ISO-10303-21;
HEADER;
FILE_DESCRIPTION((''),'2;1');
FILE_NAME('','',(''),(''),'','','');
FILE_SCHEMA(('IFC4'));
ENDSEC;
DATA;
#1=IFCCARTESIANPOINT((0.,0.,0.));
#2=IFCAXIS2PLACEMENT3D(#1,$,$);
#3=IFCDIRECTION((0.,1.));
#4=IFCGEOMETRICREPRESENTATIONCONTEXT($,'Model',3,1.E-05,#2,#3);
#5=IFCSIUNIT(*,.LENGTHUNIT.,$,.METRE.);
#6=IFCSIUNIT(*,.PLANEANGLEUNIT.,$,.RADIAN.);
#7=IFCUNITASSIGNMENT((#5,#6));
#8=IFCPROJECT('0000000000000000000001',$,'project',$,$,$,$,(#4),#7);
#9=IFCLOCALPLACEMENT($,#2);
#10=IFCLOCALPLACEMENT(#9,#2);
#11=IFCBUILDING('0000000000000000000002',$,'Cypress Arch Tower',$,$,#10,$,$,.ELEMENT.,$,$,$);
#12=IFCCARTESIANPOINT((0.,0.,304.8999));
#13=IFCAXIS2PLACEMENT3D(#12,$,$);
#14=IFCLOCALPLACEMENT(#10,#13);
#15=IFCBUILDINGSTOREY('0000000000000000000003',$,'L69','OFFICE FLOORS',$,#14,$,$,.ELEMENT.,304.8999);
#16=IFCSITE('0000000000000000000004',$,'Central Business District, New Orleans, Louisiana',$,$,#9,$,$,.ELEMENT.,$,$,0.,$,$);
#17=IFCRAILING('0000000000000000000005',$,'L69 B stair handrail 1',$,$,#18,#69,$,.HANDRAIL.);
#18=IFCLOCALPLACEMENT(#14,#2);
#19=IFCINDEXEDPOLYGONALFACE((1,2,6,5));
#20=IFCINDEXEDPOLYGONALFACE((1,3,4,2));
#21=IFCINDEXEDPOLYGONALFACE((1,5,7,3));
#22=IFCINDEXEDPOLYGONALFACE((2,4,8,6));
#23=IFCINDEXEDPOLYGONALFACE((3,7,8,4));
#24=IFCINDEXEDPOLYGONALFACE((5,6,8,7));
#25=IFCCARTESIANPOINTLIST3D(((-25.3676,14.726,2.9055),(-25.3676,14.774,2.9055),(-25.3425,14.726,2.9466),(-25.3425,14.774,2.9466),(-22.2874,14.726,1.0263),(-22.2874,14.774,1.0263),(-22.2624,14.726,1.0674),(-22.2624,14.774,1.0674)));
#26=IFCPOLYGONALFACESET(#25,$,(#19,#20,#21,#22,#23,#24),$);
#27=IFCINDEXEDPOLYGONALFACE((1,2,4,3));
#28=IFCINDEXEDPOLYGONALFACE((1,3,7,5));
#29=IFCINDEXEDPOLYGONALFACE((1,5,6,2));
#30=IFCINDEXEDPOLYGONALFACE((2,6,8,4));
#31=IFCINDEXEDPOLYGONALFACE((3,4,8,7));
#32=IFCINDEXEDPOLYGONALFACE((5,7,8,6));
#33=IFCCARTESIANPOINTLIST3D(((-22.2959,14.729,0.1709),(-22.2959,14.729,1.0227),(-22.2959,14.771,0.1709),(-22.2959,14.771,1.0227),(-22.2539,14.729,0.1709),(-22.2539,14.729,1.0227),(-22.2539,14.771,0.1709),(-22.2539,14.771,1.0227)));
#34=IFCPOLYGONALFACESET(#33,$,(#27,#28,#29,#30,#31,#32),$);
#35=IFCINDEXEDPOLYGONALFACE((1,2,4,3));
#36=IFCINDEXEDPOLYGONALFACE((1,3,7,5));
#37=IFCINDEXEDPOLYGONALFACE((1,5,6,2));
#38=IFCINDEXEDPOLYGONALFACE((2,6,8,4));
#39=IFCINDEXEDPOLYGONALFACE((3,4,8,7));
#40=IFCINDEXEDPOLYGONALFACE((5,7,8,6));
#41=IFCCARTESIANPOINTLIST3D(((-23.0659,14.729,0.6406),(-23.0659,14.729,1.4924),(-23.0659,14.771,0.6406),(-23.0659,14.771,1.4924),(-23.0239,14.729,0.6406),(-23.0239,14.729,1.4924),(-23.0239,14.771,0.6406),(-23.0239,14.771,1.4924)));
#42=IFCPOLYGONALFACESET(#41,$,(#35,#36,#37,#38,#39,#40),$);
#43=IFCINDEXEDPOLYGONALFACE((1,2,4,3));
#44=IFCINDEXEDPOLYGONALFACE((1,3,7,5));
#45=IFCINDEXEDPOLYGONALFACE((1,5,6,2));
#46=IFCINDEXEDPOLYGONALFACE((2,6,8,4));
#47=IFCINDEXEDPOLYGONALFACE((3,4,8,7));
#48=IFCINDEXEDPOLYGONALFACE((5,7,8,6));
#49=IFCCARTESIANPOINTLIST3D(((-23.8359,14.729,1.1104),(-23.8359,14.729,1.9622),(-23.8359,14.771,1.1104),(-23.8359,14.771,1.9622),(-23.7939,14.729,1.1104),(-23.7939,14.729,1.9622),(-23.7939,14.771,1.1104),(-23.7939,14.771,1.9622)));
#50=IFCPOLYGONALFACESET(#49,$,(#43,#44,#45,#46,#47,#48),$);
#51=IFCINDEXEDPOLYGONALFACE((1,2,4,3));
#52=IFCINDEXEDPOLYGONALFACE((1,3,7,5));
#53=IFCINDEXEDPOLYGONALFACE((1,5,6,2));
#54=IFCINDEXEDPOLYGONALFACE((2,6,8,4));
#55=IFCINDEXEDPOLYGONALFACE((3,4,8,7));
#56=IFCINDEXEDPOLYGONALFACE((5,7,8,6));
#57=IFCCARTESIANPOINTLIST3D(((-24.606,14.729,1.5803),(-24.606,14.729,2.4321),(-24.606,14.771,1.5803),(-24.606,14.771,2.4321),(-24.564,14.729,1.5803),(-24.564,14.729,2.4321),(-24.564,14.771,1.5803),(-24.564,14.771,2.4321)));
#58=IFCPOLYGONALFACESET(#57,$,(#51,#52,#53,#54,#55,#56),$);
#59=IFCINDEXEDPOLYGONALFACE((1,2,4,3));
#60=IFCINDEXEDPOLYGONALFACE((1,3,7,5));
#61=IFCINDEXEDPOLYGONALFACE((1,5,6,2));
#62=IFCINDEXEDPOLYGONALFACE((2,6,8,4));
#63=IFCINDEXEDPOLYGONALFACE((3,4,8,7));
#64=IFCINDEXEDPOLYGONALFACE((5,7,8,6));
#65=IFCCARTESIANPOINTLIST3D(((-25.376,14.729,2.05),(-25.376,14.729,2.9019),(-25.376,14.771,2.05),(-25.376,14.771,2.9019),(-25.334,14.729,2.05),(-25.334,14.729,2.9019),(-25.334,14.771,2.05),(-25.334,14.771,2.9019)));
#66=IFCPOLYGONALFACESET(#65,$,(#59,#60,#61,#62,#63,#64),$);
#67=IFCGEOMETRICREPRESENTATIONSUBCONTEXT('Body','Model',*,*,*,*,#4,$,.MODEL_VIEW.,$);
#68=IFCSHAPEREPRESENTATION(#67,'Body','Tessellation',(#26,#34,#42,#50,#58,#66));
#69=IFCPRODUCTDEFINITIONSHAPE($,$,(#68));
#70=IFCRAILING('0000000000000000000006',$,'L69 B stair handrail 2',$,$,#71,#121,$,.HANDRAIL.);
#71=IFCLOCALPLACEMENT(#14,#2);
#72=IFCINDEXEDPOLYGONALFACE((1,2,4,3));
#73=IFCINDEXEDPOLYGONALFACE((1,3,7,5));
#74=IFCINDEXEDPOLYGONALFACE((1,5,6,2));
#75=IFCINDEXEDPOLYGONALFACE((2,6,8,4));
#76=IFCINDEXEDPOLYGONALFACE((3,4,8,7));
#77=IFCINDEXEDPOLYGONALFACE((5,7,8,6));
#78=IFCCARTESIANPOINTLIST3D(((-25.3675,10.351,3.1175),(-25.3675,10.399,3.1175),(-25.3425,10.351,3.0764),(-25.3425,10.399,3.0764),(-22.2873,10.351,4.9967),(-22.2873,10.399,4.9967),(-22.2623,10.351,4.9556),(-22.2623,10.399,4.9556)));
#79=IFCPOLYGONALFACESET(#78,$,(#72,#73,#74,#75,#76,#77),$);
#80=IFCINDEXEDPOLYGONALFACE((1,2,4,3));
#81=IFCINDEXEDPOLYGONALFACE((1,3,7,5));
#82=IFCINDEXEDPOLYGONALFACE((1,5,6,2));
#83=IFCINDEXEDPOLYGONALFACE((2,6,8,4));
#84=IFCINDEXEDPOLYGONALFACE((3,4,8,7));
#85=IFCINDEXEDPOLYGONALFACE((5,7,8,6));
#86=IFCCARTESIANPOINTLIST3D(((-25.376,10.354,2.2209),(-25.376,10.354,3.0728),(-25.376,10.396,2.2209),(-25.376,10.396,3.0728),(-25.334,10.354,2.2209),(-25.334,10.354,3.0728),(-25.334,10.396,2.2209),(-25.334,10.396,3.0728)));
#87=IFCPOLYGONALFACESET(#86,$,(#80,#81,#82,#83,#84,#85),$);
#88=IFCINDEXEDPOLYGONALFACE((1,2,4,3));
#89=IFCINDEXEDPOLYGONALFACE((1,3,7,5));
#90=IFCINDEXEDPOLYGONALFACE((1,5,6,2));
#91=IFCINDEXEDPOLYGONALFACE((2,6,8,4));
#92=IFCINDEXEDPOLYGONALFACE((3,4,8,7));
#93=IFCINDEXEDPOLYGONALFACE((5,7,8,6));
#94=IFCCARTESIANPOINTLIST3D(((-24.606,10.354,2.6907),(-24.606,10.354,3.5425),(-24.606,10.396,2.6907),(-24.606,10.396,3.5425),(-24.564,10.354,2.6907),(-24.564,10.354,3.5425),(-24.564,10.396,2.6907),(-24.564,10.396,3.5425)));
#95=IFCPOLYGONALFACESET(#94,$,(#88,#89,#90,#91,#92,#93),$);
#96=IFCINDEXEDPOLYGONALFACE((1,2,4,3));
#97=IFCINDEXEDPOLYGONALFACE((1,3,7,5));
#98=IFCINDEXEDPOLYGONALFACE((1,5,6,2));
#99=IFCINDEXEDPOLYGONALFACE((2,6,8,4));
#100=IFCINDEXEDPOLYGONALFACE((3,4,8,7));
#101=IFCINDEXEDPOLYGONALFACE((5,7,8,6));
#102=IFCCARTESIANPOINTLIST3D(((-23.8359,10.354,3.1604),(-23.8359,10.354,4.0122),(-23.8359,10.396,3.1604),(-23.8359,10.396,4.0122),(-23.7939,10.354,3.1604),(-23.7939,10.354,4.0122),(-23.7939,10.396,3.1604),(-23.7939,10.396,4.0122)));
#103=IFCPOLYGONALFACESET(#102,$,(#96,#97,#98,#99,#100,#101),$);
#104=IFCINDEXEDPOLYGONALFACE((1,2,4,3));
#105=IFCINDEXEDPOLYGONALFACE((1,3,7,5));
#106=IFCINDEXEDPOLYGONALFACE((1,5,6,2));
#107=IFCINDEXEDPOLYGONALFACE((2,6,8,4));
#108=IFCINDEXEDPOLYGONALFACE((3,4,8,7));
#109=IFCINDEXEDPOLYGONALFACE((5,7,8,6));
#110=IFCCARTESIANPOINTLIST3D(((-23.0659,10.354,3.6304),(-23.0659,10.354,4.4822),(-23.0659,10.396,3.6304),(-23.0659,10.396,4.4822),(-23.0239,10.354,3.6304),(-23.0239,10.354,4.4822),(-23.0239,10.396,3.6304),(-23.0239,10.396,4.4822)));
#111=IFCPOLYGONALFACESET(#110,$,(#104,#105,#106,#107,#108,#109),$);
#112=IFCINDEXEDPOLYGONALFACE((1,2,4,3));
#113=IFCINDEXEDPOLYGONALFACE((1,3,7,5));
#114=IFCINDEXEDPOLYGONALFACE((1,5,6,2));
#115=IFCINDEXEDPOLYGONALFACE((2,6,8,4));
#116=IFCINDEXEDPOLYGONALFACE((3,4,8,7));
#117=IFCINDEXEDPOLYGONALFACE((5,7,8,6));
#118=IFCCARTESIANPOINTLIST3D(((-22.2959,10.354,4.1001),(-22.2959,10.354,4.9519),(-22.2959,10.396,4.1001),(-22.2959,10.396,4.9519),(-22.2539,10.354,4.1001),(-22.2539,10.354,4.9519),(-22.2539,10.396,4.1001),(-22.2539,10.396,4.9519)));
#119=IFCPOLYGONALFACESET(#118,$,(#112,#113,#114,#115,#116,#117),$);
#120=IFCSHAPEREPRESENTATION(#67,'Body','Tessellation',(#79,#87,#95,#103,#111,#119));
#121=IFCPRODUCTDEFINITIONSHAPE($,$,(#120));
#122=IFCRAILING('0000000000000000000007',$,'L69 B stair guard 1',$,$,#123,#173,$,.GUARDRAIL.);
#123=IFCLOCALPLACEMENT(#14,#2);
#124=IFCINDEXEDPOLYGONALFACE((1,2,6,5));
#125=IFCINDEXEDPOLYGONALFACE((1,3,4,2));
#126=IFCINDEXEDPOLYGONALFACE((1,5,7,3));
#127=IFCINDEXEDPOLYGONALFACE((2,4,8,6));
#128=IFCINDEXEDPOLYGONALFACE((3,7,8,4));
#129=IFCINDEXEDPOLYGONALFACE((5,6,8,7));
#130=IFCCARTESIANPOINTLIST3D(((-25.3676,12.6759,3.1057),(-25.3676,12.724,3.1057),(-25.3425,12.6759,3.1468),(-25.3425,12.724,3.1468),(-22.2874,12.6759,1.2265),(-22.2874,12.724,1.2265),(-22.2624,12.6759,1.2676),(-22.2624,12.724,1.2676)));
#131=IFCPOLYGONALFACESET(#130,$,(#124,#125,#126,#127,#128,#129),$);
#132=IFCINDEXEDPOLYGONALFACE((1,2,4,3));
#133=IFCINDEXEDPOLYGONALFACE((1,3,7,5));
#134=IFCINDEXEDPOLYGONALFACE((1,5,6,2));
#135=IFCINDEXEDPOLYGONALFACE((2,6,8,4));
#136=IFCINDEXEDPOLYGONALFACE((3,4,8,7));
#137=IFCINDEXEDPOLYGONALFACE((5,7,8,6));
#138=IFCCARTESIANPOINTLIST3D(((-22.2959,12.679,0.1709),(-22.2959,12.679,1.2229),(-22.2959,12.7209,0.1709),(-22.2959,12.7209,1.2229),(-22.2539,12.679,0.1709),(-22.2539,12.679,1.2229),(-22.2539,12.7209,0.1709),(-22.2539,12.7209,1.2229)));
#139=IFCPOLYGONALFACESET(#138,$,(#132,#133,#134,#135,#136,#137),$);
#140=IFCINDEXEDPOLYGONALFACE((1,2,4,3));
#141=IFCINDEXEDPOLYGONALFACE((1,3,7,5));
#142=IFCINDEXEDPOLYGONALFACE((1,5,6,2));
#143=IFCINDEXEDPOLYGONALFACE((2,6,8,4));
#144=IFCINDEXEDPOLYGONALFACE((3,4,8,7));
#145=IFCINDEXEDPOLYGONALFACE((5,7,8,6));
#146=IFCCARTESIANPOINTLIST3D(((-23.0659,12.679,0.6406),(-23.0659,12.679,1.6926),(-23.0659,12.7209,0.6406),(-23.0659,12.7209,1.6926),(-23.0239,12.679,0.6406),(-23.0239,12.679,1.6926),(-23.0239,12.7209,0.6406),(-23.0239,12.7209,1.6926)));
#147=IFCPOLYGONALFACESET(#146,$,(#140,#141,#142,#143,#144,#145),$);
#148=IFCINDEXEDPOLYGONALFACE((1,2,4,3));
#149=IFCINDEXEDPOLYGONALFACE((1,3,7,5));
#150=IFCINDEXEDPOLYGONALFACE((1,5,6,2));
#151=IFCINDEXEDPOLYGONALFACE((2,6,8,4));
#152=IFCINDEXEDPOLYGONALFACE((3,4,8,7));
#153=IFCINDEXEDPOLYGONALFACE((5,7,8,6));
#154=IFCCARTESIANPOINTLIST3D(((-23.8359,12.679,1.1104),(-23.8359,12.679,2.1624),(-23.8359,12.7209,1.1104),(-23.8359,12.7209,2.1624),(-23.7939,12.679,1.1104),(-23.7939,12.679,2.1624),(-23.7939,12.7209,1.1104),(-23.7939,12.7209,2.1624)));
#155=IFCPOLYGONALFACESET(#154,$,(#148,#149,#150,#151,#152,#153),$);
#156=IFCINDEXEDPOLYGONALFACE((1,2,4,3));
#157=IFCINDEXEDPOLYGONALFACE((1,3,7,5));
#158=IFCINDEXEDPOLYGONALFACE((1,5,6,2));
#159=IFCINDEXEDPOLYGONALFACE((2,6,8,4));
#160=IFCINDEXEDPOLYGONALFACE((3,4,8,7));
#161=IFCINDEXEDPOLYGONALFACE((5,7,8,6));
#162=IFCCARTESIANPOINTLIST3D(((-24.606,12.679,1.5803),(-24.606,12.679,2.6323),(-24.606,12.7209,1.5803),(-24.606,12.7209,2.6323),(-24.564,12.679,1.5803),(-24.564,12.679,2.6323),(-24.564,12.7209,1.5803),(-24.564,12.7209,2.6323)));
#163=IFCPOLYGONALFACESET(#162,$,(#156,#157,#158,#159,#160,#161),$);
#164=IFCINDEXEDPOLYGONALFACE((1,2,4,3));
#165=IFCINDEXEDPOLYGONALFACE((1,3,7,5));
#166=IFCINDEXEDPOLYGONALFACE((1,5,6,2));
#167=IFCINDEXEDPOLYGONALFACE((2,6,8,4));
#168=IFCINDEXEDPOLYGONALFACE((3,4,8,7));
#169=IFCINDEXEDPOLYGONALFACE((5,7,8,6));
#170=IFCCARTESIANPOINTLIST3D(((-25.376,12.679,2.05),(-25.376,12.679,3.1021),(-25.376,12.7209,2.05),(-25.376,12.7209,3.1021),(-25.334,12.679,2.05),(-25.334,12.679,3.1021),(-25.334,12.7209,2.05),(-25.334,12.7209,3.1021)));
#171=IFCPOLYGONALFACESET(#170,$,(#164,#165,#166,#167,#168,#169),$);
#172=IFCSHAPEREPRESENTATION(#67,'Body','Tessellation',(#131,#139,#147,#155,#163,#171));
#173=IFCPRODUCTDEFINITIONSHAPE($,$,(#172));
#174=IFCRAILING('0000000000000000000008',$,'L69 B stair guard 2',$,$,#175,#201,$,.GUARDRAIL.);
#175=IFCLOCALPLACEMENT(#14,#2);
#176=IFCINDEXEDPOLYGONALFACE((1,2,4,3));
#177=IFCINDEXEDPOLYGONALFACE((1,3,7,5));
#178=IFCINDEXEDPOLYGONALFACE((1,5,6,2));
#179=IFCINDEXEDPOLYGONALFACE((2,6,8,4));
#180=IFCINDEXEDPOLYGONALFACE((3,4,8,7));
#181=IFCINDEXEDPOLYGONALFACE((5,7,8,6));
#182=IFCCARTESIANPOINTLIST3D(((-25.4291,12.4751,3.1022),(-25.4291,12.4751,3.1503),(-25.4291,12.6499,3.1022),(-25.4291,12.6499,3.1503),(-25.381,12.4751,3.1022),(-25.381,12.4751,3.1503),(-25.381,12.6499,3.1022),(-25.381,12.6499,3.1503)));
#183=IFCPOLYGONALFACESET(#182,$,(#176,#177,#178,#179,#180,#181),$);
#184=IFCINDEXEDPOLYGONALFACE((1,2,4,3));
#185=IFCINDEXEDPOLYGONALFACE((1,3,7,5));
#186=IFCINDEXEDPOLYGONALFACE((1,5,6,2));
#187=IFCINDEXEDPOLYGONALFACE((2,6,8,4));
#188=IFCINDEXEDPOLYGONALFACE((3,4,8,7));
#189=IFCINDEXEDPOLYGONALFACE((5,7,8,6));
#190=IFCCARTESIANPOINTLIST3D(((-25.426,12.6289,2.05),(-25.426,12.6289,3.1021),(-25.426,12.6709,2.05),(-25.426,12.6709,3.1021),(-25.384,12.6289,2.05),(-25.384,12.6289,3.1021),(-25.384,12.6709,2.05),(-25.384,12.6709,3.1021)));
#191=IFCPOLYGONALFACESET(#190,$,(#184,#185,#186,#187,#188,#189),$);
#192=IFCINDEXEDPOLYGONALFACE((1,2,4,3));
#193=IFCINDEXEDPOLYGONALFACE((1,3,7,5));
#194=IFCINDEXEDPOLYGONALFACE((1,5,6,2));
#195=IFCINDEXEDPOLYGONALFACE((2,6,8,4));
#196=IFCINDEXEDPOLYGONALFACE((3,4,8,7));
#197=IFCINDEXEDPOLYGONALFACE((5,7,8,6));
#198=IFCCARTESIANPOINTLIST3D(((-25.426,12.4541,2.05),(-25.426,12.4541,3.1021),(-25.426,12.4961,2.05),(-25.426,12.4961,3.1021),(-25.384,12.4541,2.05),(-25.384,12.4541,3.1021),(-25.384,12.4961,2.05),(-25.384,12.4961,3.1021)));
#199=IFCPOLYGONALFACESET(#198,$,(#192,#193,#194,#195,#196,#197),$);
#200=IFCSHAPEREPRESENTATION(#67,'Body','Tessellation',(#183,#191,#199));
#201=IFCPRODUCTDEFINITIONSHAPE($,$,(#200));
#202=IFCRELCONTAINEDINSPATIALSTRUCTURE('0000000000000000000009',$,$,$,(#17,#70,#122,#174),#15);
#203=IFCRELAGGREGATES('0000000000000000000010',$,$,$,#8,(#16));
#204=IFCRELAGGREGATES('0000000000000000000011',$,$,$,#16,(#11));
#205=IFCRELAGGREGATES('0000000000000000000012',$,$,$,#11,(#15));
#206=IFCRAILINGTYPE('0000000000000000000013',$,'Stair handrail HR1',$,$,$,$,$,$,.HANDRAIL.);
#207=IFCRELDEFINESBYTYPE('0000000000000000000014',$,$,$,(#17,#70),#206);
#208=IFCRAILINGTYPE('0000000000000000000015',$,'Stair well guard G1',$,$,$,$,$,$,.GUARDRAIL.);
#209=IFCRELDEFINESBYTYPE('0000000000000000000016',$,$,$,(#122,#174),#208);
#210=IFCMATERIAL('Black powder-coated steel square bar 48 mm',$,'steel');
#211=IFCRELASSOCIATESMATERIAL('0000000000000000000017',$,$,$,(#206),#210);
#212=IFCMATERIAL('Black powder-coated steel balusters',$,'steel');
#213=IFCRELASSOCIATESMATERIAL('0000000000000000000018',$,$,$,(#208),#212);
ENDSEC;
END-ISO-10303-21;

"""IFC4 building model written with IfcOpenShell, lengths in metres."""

from ifc_helpers import new_model, si_unit, direction, frame, origin, origin_2d, place, context, subcontext, project, spatial, rectangle, extrude, material, type_object, element, save


model = new_model("IFC4")

# Units and contexts
model_context = context("Model", 3, precision=1e-05, world=origin(), true_north=direction((0.0, 1.0)))
body_context = subcontext(model_context, "Body", "Model", "MODEL_VIEW")
ifc_project = project(units=[si_unit("LENGTHUNIT", "METRE"), si_unit("PLANEANGLEUNIT", "RADIAN")], contexts=[model_context])

# Site, building, storey
site_placement = place(None, origin())
site = spatial("IfcSite", under=ifc_project, at=site_placement, Name="Central Business District, New Orleans, Louisiana", CompositionType="ELEMENT", RefElevation=0.0)
building_placement = place(site_placement, origin())
building = spatial("IfcBuilding", under=site, at=building_placement, Name="Cypress Arch Tower", CompositionType="ELEMENT")
storey_placement = place(building_placement, frame((0.0, 0.0, 304.8999)))
storey = spatial("IfcBuildingStorey", under=building, at=storey_placement, Name="L69", Description="OFFICE FLOORS", CompositionType="ELEMENT", Elevation=304.8999)

# Railings
ifc_material_1 = material(Name="Black powder-coated steel square bar 48 mm", Category="steel")
railing_type_1 = type_object("IfcRailingType", Name="Stair handrail HR1", PredefinedType="HANDRAIL", material=ifc_material_1)
railing_1_placement = place(storey_placement, frame((-22.2749, 14.75, 0.1709)))
element("IfcRailing", 1, at=railing_1_placement, inside=storey, type_object=railing_type_1, Name="L69 B stair handrail 1", PredefinedType="HANDRAIL", context=body_context, shape_type="SweptSolid", body=[
    extrude(rectangle(XDim=0.0481, YDim=0.0481, at=origin_2d()), frame((0.0, 0.0, 0.876), z_axis=(-0.853666, 0.0, 0.52082), x_axis=(0.0, -1.0, 0.0)), (0.0, 0.0, 1.0), 3.6082),
    extrude(rectangle(XDim=0.042, YDim=0.042, at=origin_2d()), origin(), (0.0, 0.0, 1.0), 0.8518),
    extrude(rectangle(XDim=0.042, YDim=0.042, at=origin_2d()), frame((-0.77, 0.0, 0.4697)), (0.0, 0.0, 1.0), 0.8518),
    extrude(rectangle(XDim=0.042, YDim=0.042, at=origin_2d()), frame((-1.54, 0.0, 0.9395)), (0.0, 0.0, 1.0), 0.8518),
    extrude(rectangle(XDim=0.042, YDim=0.042, at=origin_2d()), frame((-2.3101, 0.0, 1.4094)), (0.0, 0.0, 1.0), 0.8518),
    extrude(rectangle(XDim=0.042, YDim=0.042, at=origin_2d()), frame((-3.0801, 0.0, 1.8792)), (0.0, 0.0, 1.0), 0.8518),
])
railing_2_placement = place(storey_placement, frame((-25.355, 10.375, 2.2209)))
element("IfcRailing", 2, at=railing_2_placement, inside=storey, type_object=railing_type_1, Name="L69 B stair handrail 2", PredefinedType="HANDRAIL", context=body_context, shape_type="SweptSolid", body=[
    extrude(rectangle(XDim=0.0481, YDim=0.0481, at=origin_2d()), frame((0.0, 0.0, 0.876), z_axis=(0.853666, 0.0, 0.52082), x_axis=(0.0, 1.0, 0.0)), (0.0, 0.0, 1.0), 3.6082),
    extrude(rectangle(XDim=0.042, YDim=0.042, at=origin_2d()), origin(), (0.0, 0.0, 1.0), 0.8518),
    extrude(rectangle(XDim=0.042, YDim=0.042, at=origin_2d()), frame((0.77, 0.0, 0.4697)), (0.0, 0.0, 1.0), 0.8518),
    extrude(rectangle(XDim=0.042, YDim=0.042, at=origin_2d()), frame((1.54, 0.0, 0.9395)), (0.0, 0.0, 1.0), 0.8518),
    extrude(rectangle(XDim=0.042, YDim=0.042, at=origin_2d()), frame((2.3101, 0.0, 1.4094)), (0.0, 0.0, 1.0), 0.8518),
    extrude(rectangle(XDim=0.042, YDim=0.042, at=origin_2d()), frame((3.0801, 0.0, 1.8792)), (0.0, 0.0, 1.0), 0.8518),
])
ifc_material_2 = material(Name="Black powder-coated steel balusters", Category="steel")
railing_type_2 = type_object("IfcRailingType", Name="Stair well guard G1", PredefinedType="GUARDRAIL", material=ifc_material_2)
railing_3_placement = place(storey_placement, frame((-22.2749, 12.7, 0.1709)))
element("IfcRailing", 3, at=railing_3_placement, inside=storey, type_object=railing_type_2, Name="L69 B stair guard 1", PredefinedType="GUARDRAIL", context=body_context, shape_type="SweptSolid", body=[
    extrude(rectangle(XDim=0.0481, YDim=0.0481, at=origin_2d()), frame((0.0, 0.0, 1.0762), z_axis=(-0.853666, 0.0, 0.52082), x_axis=(0.0, -1.0, 0.0)), (0.0, 0.0, 1.0), 3.6082),
    extrude(rectangle(XDim=0.042, YDim=0.042, at=origin_2d()), origin(), (0.0, 0.0, 1.0), 1.052),
    extrude(rectangle(XDim=0.042, YDim=0.042, at=origin_2d()), frame((-0.77, 0.0, 0.4697)), (0.0, 0.0, 1.0), 1.052),
    extrude(rectangle(XDim=0.042, YDim=0.042, at=origin_2d()), frame((-1.54, 0.0, 0.9395)), (0.0, 0.0, 1.0), 1.052),
    extrude(rectangle(XDim=0.042, YDim=0.042, at=origin_2d()), frame((-2.3101, 0.0, 1.4094)), (0.0, 0.0, 1.0), 1.052),
    extrude(rectangle(XDim=0.042, YDim=0.042, at=origin_2d()), frame((-3.0801, 0.0, 1.8792)), (0.0, 0.0, 1.0), 1.052),
])
railing_4_placement = place(storey_placement, frame((-25.405, 12.6499, 2.05)))
element("IfcRailing", 4, at=railing_4_placement, inside=storey, type_object=railing_type_2, Name="L69 B stair guard 2", PredefinedType="GUARDRAIL", context=body_context, shape_type="SweptSolid", body=[
    extrude(rectangle(XDim=0.0481, YDim=0.0481, at=origin_2d()), frame((0.0, 0.0, 1.0762), z_axis=(0.0, -1.0, 0.0), x_axis=(1.0, 0.0, 0.0)), (0.0, 0.0, 1.0), 0.1748),
    extrude(rectangle(XDim=0.042, YDim=0.042, at=origin_2d()), origin(), (0.0, 0.0, 1.0), 1.052),
    extrude(rectangle(XDim=0.042, YDim=0.042, at=origin_2d()), frame((0.0, -0.1748, 0.0)), (0.0, 0.0, 1.0), 1.052),
])

save(model, "model.ifc")
